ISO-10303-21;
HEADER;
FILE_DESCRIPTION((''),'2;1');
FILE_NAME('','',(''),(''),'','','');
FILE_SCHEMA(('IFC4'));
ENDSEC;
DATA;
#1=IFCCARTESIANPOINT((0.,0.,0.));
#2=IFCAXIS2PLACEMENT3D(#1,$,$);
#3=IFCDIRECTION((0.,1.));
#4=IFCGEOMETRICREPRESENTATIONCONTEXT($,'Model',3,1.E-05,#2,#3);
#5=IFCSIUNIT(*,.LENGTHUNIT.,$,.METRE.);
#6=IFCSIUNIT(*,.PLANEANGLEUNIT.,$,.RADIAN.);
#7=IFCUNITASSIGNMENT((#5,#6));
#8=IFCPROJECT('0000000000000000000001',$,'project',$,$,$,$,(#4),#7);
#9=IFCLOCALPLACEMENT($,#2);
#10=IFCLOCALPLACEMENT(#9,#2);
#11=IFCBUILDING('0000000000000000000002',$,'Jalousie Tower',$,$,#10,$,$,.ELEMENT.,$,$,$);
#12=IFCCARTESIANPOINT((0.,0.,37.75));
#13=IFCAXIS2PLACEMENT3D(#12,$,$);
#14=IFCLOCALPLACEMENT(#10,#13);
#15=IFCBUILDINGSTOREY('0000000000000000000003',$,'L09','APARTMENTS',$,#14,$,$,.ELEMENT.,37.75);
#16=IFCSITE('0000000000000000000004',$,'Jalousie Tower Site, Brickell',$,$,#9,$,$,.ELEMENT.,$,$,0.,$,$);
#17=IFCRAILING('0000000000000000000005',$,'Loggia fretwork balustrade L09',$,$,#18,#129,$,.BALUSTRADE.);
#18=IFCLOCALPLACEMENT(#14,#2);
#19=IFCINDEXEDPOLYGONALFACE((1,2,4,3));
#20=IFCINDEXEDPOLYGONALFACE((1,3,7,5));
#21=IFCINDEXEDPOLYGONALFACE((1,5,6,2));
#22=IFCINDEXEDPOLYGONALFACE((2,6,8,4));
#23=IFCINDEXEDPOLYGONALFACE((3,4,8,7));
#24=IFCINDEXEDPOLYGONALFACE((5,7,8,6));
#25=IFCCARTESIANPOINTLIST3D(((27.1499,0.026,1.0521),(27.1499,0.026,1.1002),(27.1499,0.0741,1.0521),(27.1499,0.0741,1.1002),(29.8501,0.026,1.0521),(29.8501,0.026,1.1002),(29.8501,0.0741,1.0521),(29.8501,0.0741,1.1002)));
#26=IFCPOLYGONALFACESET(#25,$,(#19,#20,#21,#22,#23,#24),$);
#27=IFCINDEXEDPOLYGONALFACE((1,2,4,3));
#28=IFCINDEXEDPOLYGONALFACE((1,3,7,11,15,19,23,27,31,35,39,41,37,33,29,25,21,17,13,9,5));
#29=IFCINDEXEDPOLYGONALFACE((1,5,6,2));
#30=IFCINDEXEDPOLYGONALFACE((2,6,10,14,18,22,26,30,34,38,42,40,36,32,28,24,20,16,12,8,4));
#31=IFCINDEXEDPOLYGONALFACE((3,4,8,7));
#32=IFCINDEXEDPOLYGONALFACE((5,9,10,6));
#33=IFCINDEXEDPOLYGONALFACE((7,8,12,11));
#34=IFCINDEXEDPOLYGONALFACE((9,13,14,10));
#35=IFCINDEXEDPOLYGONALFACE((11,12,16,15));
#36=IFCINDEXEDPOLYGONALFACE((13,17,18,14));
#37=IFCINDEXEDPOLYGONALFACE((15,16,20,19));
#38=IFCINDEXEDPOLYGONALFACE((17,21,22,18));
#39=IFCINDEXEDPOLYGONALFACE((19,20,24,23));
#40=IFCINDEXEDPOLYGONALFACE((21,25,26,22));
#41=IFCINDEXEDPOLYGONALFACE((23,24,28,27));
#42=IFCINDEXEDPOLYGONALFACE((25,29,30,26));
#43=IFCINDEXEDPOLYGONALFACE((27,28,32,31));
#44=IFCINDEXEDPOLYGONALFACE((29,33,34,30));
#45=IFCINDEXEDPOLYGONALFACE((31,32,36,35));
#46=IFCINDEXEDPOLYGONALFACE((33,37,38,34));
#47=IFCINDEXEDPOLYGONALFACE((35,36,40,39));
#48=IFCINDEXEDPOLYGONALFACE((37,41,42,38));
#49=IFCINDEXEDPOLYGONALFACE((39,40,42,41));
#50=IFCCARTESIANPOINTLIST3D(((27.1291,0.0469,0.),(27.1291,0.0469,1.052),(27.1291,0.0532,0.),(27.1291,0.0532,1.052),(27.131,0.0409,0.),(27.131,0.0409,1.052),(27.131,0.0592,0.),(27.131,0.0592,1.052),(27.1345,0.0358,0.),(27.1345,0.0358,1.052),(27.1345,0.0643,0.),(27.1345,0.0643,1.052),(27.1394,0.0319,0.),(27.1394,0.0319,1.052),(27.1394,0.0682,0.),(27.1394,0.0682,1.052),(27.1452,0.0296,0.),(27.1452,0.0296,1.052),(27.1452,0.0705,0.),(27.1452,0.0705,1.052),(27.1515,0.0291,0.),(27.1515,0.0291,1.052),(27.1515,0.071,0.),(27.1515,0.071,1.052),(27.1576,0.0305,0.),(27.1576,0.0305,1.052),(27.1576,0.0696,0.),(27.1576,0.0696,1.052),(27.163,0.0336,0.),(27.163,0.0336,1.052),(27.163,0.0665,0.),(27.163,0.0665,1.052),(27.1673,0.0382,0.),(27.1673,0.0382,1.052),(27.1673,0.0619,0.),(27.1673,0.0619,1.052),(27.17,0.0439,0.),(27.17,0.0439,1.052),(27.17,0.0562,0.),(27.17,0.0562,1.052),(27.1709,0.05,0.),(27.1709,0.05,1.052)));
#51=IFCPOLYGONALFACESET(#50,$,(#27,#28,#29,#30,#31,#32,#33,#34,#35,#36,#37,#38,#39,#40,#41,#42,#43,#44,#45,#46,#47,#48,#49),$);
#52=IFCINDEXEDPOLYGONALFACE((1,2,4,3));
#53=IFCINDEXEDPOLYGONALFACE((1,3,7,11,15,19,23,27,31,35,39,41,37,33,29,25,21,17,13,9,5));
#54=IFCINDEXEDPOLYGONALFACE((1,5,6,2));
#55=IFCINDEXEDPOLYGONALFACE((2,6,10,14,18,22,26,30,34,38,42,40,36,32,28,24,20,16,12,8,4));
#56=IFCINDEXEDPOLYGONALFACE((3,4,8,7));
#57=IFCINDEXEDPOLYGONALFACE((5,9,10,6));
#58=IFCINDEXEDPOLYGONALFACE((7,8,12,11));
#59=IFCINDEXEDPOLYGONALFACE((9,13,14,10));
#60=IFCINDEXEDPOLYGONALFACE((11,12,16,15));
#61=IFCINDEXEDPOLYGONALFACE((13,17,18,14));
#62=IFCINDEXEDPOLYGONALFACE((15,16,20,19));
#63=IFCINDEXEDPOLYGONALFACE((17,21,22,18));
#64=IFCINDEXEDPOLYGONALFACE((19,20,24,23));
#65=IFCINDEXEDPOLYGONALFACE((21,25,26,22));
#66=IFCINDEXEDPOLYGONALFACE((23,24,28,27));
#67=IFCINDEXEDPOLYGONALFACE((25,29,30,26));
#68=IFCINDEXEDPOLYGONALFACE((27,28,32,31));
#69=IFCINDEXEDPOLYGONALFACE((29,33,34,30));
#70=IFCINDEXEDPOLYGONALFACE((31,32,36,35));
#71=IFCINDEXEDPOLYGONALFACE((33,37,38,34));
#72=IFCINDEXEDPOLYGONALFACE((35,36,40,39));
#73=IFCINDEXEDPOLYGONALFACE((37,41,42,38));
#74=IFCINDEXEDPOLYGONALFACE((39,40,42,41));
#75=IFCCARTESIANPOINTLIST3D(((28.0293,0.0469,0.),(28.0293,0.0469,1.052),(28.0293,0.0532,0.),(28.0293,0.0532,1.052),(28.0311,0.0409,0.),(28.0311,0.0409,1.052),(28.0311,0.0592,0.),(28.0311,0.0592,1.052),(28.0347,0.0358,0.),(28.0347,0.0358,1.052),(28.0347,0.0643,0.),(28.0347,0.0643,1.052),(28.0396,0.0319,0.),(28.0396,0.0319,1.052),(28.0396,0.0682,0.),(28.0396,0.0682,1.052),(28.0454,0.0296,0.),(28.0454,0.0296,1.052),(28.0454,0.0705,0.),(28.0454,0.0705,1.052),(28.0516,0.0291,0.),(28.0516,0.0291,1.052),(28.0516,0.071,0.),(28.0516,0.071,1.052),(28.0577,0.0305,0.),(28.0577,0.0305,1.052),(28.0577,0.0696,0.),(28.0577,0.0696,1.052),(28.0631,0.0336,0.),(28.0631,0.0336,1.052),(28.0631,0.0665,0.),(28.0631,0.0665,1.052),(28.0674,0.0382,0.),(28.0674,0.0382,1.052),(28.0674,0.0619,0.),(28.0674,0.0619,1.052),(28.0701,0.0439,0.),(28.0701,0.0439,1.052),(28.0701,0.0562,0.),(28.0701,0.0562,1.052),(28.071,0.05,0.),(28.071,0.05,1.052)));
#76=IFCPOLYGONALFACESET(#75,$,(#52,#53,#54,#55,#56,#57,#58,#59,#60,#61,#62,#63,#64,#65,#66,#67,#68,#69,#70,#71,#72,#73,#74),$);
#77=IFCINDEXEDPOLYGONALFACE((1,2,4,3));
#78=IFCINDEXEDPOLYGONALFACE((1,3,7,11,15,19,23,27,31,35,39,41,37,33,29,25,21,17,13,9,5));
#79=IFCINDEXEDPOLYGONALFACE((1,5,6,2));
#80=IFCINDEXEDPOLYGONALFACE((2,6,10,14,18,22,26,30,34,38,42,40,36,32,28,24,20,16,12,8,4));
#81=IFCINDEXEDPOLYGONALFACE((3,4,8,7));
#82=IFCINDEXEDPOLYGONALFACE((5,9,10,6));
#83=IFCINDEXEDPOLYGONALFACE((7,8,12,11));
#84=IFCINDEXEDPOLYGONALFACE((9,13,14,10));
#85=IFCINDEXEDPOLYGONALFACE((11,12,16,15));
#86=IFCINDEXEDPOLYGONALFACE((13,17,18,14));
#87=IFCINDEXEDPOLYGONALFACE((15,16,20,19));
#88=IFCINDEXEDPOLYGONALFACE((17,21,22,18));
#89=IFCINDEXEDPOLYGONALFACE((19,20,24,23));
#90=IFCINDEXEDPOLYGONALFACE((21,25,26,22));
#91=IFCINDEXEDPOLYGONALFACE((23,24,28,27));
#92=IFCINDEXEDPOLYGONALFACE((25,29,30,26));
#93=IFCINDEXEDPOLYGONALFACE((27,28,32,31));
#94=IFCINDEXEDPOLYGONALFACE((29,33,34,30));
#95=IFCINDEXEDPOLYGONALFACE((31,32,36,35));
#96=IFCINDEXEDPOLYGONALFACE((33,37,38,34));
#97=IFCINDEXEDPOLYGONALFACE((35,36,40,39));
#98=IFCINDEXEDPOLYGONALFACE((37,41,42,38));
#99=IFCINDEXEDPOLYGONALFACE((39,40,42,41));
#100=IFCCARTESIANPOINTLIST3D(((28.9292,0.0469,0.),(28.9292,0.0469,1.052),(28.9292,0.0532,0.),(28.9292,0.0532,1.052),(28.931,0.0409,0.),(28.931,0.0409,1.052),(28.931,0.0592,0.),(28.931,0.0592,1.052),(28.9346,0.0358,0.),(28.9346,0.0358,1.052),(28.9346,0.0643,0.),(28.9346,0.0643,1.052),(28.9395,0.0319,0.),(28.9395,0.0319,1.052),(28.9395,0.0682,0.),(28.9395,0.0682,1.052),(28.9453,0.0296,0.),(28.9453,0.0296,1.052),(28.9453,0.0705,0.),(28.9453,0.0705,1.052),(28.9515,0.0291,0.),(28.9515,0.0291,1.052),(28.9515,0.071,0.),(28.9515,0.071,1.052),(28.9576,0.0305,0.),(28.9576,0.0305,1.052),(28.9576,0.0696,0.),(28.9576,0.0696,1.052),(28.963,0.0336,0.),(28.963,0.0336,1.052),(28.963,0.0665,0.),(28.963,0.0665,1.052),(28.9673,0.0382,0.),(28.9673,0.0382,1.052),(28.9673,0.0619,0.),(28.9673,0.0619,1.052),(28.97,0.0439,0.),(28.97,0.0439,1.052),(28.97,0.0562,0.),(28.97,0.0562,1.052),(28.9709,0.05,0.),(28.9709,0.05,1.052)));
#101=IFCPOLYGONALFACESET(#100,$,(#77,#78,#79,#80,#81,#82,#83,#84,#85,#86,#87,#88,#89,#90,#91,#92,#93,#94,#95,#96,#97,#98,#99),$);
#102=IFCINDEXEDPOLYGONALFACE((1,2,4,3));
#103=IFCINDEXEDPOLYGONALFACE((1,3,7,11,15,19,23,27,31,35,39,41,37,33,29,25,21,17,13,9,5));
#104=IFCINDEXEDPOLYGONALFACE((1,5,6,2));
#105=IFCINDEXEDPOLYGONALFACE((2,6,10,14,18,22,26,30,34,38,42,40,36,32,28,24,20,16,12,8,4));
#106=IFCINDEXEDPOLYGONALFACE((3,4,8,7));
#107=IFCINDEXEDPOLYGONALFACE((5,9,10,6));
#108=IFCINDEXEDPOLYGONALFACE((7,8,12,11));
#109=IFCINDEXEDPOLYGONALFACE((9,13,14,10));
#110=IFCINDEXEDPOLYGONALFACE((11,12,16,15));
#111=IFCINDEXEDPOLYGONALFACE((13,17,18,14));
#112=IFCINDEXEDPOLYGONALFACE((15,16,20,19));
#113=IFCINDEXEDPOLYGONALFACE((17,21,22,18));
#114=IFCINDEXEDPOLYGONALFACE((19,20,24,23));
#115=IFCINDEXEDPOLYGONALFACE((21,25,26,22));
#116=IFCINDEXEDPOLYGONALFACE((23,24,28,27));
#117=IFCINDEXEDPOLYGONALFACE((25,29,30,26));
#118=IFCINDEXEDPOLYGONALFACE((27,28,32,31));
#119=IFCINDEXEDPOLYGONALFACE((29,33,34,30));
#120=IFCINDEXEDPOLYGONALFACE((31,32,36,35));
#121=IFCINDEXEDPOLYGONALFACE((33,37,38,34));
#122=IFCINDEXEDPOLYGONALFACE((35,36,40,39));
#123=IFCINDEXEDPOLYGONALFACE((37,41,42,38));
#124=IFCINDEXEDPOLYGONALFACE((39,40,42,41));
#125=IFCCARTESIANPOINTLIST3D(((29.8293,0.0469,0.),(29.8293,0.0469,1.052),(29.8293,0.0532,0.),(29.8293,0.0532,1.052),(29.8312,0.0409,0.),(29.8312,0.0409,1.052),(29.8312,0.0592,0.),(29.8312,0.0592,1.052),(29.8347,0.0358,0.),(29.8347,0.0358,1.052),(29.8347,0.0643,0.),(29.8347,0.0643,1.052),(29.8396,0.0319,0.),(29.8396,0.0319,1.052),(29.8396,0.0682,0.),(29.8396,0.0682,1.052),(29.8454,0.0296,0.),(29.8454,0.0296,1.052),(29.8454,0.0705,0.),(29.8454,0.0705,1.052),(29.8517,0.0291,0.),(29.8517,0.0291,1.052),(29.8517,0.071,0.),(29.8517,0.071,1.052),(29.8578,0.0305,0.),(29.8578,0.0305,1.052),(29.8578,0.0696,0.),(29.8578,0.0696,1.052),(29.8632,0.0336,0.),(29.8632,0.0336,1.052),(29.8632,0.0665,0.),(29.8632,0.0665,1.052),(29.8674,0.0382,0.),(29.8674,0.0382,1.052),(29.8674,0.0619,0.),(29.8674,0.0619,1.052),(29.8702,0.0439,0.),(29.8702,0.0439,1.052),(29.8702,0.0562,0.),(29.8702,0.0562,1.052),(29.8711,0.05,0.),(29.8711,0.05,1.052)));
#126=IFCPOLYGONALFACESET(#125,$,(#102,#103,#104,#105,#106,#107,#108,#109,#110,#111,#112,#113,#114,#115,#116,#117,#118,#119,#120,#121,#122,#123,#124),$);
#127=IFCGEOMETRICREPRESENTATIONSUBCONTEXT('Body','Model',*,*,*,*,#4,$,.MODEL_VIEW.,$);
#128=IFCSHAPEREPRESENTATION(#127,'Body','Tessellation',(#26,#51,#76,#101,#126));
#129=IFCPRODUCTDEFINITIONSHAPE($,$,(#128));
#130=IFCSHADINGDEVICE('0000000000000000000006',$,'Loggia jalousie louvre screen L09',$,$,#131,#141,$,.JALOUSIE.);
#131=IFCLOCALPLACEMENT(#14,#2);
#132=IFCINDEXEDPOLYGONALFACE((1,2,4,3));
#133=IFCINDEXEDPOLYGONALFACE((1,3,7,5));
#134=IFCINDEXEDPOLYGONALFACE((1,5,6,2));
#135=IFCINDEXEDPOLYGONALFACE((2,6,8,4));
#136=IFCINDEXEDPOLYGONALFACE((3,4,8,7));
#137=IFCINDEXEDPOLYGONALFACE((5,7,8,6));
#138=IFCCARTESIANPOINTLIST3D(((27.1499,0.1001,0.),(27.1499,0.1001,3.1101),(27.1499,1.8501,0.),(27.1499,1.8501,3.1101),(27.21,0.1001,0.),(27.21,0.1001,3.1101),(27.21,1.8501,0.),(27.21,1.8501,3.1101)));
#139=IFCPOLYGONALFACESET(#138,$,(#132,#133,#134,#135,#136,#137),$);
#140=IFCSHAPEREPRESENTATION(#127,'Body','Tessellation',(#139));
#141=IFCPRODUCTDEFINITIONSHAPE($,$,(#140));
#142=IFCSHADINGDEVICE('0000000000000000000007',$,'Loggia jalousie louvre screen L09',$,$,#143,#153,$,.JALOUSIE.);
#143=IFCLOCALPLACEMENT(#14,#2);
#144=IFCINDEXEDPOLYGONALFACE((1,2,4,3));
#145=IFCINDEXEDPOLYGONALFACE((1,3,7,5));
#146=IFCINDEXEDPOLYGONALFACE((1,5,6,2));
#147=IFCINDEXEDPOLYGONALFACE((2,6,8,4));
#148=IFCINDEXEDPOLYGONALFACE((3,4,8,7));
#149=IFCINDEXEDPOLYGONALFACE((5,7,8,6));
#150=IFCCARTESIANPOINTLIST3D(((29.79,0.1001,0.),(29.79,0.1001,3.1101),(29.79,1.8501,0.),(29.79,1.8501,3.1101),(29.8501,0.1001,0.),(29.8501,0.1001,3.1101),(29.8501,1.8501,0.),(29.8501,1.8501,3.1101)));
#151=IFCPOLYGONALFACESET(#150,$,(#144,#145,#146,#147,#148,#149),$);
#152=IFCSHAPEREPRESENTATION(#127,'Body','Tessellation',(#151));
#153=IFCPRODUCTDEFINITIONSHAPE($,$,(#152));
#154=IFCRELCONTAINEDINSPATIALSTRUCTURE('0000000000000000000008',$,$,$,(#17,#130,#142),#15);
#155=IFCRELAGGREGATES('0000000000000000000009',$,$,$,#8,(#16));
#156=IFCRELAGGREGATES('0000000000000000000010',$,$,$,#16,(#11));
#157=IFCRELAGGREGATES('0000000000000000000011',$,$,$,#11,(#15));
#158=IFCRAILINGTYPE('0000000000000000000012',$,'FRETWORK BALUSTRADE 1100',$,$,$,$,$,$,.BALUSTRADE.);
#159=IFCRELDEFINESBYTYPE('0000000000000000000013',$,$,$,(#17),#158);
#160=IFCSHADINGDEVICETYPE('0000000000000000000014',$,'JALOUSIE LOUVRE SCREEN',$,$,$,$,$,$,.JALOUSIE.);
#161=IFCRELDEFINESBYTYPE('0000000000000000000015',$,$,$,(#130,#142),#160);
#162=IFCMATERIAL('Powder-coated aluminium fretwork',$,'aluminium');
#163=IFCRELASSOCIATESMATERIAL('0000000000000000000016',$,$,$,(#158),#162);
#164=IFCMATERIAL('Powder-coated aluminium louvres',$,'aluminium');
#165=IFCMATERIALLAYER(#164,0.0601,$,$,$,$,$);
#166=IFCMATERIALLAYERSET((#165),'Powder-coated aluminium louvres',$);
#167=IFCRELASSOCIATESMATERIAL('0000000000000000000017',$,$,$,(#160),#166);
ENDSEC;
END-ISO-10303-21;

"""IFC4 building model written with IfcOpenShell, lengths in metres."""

from ifc_helpers import new_model, si_unit, direction, frame, origin, origin_2d, place, context, subcontext, project, spatial, rectangle, circle, extrude, material, layer, layer_set, type_object, element, save


model = new_model("IFC4")

# Units and contexts
model_context = context("Model", 3, precision=1e-05, world=origin(), true_north=direction((0.0, 1.0)))
body_context = subcontext(model_context, "Body", "Model", "MODEL_VIEW")
ifc_project = project(units=[si_unit("LENGTHUNIT", "METRE"), si_unit("PLANEANGLEUNIT", "RADIAN")], contexts=[model_context])

# Site, building, storey
site_placement = place(None, origin())
site = spatial("IfcSite", under=ifc_project, at=site_placement, Name="Jalousie Tower Site, Brickell", CompositionType="ELEMENT", RefElevation=0.0)
building_placement = place(site_placement, origin())
building = spatial("IfcBuilding", under=site, at=building_placement, Name="Jalousie Tower", CompositionType="ELEMENT")
storey_placement = place(building_placement, frame((0.0, 0.0, 37.75)))
storey = spatial("IfcBuildingStorey", under=building, at=storey_placement, Name="L09", Description="APARTMENTS", CompositionType="ELEMENT", Elevation=37.75)

# Railing
ifc_material_1 = material(Name="Powder-coated aluminium fretwork", Category="aluminium")
railing_type = type_object("IfcRailingType", Name="FRETWORK BALUSTRADE 1100", PredefinedType="BALUSTRADE", material=ifc_material_1)
railing_placement = place(storey_placement, frame((27.1499, 0.05, 0.0)))
element("IfcRailing", 1, at=railing_placement, inside=storey, type_object=railing_type, Name="Loggia fretwork balustrade L09", PredefinedType="BALUSTRADE", context=body_context, shape_type="SweptSolid", body=[
    extrude(rectangle(XDim=0.0481, YDim=0.0481, at=origin_2d()), frame((0.0, 0.0, 1.0762), z_axis=(1.0, 0.0, 0.0), x_axis=(0.0, 1.0, 0.0)), (0.0, 0.0, 1.0), 2.7002),
    extrude(circle(Radius=0.021, at=origin_2d()), origin(), (0.0, 0.0, 1.0), 1.052),
    extrude(circle(Radius=0.021, at=origin_2d()), frame((0.9001, 0.0, 0.0)), (0.0, 0.0, 1.0), 1.052),
    extrude(circle(Radius=0.021, at=origin_2d()), frame((1.8, 0.0, 0.0)), (0.0, 0.0, 1.0), 1.052),
    extrude(circle(Radius=0.021, at=origin_2d()), frame((2.7002, 0.0, 0.0)), (0.0, 0.0, 1.0), 1.052),
])

# Shading devices
ifc_material_2 = material(Name="Powder-coated aluminium louvres", Category="aluminium")
ifc_layer_1 = layer(ifc_material_2, 0.0601)
ifc_layer_set_1 = layer_set([ifc_layer_1], Name="Powder-coated aluminium louvres")
shading_device_type_1 = type_object("IfcShadingDeviceType", Name="JALOUSIE LOUVRE SCREEN", PredefinedType="JALOUSIE", material=ifc_layer_set_1)
for number, where, z_axis, x_axis, name in (
    (2, (27.1799, 0.9751, 0.0), (0.0, 0.0, 1.0), (1.0, 0.0, 0.0), "Loggia jalousie louvre screen L09"),
    (3, (29.8201, 0.9751, 0.0), (0.0, 0.0, 1.0), (1.0, 0.0, 0.0), "Loggia jalousie louvre screen L09"),
):
    element("IfcShadingDevice", number, at=place(storey_placement, frame(where, z_axis=z_axis, x_axis=x_axis)), inside=storey, type_object=shading_device_type_1, Name=name, PredefinedType="JALOUSIE", context=body_context, shape_type="SweptSolid", body=[
        extrude(rectangle(XDim=0.0601, YDim=1.75, at=origin_2d()), origin(), (0.0, 0.0, 1.0), 3.1101),
    ])

save(model, "model.ifc")
